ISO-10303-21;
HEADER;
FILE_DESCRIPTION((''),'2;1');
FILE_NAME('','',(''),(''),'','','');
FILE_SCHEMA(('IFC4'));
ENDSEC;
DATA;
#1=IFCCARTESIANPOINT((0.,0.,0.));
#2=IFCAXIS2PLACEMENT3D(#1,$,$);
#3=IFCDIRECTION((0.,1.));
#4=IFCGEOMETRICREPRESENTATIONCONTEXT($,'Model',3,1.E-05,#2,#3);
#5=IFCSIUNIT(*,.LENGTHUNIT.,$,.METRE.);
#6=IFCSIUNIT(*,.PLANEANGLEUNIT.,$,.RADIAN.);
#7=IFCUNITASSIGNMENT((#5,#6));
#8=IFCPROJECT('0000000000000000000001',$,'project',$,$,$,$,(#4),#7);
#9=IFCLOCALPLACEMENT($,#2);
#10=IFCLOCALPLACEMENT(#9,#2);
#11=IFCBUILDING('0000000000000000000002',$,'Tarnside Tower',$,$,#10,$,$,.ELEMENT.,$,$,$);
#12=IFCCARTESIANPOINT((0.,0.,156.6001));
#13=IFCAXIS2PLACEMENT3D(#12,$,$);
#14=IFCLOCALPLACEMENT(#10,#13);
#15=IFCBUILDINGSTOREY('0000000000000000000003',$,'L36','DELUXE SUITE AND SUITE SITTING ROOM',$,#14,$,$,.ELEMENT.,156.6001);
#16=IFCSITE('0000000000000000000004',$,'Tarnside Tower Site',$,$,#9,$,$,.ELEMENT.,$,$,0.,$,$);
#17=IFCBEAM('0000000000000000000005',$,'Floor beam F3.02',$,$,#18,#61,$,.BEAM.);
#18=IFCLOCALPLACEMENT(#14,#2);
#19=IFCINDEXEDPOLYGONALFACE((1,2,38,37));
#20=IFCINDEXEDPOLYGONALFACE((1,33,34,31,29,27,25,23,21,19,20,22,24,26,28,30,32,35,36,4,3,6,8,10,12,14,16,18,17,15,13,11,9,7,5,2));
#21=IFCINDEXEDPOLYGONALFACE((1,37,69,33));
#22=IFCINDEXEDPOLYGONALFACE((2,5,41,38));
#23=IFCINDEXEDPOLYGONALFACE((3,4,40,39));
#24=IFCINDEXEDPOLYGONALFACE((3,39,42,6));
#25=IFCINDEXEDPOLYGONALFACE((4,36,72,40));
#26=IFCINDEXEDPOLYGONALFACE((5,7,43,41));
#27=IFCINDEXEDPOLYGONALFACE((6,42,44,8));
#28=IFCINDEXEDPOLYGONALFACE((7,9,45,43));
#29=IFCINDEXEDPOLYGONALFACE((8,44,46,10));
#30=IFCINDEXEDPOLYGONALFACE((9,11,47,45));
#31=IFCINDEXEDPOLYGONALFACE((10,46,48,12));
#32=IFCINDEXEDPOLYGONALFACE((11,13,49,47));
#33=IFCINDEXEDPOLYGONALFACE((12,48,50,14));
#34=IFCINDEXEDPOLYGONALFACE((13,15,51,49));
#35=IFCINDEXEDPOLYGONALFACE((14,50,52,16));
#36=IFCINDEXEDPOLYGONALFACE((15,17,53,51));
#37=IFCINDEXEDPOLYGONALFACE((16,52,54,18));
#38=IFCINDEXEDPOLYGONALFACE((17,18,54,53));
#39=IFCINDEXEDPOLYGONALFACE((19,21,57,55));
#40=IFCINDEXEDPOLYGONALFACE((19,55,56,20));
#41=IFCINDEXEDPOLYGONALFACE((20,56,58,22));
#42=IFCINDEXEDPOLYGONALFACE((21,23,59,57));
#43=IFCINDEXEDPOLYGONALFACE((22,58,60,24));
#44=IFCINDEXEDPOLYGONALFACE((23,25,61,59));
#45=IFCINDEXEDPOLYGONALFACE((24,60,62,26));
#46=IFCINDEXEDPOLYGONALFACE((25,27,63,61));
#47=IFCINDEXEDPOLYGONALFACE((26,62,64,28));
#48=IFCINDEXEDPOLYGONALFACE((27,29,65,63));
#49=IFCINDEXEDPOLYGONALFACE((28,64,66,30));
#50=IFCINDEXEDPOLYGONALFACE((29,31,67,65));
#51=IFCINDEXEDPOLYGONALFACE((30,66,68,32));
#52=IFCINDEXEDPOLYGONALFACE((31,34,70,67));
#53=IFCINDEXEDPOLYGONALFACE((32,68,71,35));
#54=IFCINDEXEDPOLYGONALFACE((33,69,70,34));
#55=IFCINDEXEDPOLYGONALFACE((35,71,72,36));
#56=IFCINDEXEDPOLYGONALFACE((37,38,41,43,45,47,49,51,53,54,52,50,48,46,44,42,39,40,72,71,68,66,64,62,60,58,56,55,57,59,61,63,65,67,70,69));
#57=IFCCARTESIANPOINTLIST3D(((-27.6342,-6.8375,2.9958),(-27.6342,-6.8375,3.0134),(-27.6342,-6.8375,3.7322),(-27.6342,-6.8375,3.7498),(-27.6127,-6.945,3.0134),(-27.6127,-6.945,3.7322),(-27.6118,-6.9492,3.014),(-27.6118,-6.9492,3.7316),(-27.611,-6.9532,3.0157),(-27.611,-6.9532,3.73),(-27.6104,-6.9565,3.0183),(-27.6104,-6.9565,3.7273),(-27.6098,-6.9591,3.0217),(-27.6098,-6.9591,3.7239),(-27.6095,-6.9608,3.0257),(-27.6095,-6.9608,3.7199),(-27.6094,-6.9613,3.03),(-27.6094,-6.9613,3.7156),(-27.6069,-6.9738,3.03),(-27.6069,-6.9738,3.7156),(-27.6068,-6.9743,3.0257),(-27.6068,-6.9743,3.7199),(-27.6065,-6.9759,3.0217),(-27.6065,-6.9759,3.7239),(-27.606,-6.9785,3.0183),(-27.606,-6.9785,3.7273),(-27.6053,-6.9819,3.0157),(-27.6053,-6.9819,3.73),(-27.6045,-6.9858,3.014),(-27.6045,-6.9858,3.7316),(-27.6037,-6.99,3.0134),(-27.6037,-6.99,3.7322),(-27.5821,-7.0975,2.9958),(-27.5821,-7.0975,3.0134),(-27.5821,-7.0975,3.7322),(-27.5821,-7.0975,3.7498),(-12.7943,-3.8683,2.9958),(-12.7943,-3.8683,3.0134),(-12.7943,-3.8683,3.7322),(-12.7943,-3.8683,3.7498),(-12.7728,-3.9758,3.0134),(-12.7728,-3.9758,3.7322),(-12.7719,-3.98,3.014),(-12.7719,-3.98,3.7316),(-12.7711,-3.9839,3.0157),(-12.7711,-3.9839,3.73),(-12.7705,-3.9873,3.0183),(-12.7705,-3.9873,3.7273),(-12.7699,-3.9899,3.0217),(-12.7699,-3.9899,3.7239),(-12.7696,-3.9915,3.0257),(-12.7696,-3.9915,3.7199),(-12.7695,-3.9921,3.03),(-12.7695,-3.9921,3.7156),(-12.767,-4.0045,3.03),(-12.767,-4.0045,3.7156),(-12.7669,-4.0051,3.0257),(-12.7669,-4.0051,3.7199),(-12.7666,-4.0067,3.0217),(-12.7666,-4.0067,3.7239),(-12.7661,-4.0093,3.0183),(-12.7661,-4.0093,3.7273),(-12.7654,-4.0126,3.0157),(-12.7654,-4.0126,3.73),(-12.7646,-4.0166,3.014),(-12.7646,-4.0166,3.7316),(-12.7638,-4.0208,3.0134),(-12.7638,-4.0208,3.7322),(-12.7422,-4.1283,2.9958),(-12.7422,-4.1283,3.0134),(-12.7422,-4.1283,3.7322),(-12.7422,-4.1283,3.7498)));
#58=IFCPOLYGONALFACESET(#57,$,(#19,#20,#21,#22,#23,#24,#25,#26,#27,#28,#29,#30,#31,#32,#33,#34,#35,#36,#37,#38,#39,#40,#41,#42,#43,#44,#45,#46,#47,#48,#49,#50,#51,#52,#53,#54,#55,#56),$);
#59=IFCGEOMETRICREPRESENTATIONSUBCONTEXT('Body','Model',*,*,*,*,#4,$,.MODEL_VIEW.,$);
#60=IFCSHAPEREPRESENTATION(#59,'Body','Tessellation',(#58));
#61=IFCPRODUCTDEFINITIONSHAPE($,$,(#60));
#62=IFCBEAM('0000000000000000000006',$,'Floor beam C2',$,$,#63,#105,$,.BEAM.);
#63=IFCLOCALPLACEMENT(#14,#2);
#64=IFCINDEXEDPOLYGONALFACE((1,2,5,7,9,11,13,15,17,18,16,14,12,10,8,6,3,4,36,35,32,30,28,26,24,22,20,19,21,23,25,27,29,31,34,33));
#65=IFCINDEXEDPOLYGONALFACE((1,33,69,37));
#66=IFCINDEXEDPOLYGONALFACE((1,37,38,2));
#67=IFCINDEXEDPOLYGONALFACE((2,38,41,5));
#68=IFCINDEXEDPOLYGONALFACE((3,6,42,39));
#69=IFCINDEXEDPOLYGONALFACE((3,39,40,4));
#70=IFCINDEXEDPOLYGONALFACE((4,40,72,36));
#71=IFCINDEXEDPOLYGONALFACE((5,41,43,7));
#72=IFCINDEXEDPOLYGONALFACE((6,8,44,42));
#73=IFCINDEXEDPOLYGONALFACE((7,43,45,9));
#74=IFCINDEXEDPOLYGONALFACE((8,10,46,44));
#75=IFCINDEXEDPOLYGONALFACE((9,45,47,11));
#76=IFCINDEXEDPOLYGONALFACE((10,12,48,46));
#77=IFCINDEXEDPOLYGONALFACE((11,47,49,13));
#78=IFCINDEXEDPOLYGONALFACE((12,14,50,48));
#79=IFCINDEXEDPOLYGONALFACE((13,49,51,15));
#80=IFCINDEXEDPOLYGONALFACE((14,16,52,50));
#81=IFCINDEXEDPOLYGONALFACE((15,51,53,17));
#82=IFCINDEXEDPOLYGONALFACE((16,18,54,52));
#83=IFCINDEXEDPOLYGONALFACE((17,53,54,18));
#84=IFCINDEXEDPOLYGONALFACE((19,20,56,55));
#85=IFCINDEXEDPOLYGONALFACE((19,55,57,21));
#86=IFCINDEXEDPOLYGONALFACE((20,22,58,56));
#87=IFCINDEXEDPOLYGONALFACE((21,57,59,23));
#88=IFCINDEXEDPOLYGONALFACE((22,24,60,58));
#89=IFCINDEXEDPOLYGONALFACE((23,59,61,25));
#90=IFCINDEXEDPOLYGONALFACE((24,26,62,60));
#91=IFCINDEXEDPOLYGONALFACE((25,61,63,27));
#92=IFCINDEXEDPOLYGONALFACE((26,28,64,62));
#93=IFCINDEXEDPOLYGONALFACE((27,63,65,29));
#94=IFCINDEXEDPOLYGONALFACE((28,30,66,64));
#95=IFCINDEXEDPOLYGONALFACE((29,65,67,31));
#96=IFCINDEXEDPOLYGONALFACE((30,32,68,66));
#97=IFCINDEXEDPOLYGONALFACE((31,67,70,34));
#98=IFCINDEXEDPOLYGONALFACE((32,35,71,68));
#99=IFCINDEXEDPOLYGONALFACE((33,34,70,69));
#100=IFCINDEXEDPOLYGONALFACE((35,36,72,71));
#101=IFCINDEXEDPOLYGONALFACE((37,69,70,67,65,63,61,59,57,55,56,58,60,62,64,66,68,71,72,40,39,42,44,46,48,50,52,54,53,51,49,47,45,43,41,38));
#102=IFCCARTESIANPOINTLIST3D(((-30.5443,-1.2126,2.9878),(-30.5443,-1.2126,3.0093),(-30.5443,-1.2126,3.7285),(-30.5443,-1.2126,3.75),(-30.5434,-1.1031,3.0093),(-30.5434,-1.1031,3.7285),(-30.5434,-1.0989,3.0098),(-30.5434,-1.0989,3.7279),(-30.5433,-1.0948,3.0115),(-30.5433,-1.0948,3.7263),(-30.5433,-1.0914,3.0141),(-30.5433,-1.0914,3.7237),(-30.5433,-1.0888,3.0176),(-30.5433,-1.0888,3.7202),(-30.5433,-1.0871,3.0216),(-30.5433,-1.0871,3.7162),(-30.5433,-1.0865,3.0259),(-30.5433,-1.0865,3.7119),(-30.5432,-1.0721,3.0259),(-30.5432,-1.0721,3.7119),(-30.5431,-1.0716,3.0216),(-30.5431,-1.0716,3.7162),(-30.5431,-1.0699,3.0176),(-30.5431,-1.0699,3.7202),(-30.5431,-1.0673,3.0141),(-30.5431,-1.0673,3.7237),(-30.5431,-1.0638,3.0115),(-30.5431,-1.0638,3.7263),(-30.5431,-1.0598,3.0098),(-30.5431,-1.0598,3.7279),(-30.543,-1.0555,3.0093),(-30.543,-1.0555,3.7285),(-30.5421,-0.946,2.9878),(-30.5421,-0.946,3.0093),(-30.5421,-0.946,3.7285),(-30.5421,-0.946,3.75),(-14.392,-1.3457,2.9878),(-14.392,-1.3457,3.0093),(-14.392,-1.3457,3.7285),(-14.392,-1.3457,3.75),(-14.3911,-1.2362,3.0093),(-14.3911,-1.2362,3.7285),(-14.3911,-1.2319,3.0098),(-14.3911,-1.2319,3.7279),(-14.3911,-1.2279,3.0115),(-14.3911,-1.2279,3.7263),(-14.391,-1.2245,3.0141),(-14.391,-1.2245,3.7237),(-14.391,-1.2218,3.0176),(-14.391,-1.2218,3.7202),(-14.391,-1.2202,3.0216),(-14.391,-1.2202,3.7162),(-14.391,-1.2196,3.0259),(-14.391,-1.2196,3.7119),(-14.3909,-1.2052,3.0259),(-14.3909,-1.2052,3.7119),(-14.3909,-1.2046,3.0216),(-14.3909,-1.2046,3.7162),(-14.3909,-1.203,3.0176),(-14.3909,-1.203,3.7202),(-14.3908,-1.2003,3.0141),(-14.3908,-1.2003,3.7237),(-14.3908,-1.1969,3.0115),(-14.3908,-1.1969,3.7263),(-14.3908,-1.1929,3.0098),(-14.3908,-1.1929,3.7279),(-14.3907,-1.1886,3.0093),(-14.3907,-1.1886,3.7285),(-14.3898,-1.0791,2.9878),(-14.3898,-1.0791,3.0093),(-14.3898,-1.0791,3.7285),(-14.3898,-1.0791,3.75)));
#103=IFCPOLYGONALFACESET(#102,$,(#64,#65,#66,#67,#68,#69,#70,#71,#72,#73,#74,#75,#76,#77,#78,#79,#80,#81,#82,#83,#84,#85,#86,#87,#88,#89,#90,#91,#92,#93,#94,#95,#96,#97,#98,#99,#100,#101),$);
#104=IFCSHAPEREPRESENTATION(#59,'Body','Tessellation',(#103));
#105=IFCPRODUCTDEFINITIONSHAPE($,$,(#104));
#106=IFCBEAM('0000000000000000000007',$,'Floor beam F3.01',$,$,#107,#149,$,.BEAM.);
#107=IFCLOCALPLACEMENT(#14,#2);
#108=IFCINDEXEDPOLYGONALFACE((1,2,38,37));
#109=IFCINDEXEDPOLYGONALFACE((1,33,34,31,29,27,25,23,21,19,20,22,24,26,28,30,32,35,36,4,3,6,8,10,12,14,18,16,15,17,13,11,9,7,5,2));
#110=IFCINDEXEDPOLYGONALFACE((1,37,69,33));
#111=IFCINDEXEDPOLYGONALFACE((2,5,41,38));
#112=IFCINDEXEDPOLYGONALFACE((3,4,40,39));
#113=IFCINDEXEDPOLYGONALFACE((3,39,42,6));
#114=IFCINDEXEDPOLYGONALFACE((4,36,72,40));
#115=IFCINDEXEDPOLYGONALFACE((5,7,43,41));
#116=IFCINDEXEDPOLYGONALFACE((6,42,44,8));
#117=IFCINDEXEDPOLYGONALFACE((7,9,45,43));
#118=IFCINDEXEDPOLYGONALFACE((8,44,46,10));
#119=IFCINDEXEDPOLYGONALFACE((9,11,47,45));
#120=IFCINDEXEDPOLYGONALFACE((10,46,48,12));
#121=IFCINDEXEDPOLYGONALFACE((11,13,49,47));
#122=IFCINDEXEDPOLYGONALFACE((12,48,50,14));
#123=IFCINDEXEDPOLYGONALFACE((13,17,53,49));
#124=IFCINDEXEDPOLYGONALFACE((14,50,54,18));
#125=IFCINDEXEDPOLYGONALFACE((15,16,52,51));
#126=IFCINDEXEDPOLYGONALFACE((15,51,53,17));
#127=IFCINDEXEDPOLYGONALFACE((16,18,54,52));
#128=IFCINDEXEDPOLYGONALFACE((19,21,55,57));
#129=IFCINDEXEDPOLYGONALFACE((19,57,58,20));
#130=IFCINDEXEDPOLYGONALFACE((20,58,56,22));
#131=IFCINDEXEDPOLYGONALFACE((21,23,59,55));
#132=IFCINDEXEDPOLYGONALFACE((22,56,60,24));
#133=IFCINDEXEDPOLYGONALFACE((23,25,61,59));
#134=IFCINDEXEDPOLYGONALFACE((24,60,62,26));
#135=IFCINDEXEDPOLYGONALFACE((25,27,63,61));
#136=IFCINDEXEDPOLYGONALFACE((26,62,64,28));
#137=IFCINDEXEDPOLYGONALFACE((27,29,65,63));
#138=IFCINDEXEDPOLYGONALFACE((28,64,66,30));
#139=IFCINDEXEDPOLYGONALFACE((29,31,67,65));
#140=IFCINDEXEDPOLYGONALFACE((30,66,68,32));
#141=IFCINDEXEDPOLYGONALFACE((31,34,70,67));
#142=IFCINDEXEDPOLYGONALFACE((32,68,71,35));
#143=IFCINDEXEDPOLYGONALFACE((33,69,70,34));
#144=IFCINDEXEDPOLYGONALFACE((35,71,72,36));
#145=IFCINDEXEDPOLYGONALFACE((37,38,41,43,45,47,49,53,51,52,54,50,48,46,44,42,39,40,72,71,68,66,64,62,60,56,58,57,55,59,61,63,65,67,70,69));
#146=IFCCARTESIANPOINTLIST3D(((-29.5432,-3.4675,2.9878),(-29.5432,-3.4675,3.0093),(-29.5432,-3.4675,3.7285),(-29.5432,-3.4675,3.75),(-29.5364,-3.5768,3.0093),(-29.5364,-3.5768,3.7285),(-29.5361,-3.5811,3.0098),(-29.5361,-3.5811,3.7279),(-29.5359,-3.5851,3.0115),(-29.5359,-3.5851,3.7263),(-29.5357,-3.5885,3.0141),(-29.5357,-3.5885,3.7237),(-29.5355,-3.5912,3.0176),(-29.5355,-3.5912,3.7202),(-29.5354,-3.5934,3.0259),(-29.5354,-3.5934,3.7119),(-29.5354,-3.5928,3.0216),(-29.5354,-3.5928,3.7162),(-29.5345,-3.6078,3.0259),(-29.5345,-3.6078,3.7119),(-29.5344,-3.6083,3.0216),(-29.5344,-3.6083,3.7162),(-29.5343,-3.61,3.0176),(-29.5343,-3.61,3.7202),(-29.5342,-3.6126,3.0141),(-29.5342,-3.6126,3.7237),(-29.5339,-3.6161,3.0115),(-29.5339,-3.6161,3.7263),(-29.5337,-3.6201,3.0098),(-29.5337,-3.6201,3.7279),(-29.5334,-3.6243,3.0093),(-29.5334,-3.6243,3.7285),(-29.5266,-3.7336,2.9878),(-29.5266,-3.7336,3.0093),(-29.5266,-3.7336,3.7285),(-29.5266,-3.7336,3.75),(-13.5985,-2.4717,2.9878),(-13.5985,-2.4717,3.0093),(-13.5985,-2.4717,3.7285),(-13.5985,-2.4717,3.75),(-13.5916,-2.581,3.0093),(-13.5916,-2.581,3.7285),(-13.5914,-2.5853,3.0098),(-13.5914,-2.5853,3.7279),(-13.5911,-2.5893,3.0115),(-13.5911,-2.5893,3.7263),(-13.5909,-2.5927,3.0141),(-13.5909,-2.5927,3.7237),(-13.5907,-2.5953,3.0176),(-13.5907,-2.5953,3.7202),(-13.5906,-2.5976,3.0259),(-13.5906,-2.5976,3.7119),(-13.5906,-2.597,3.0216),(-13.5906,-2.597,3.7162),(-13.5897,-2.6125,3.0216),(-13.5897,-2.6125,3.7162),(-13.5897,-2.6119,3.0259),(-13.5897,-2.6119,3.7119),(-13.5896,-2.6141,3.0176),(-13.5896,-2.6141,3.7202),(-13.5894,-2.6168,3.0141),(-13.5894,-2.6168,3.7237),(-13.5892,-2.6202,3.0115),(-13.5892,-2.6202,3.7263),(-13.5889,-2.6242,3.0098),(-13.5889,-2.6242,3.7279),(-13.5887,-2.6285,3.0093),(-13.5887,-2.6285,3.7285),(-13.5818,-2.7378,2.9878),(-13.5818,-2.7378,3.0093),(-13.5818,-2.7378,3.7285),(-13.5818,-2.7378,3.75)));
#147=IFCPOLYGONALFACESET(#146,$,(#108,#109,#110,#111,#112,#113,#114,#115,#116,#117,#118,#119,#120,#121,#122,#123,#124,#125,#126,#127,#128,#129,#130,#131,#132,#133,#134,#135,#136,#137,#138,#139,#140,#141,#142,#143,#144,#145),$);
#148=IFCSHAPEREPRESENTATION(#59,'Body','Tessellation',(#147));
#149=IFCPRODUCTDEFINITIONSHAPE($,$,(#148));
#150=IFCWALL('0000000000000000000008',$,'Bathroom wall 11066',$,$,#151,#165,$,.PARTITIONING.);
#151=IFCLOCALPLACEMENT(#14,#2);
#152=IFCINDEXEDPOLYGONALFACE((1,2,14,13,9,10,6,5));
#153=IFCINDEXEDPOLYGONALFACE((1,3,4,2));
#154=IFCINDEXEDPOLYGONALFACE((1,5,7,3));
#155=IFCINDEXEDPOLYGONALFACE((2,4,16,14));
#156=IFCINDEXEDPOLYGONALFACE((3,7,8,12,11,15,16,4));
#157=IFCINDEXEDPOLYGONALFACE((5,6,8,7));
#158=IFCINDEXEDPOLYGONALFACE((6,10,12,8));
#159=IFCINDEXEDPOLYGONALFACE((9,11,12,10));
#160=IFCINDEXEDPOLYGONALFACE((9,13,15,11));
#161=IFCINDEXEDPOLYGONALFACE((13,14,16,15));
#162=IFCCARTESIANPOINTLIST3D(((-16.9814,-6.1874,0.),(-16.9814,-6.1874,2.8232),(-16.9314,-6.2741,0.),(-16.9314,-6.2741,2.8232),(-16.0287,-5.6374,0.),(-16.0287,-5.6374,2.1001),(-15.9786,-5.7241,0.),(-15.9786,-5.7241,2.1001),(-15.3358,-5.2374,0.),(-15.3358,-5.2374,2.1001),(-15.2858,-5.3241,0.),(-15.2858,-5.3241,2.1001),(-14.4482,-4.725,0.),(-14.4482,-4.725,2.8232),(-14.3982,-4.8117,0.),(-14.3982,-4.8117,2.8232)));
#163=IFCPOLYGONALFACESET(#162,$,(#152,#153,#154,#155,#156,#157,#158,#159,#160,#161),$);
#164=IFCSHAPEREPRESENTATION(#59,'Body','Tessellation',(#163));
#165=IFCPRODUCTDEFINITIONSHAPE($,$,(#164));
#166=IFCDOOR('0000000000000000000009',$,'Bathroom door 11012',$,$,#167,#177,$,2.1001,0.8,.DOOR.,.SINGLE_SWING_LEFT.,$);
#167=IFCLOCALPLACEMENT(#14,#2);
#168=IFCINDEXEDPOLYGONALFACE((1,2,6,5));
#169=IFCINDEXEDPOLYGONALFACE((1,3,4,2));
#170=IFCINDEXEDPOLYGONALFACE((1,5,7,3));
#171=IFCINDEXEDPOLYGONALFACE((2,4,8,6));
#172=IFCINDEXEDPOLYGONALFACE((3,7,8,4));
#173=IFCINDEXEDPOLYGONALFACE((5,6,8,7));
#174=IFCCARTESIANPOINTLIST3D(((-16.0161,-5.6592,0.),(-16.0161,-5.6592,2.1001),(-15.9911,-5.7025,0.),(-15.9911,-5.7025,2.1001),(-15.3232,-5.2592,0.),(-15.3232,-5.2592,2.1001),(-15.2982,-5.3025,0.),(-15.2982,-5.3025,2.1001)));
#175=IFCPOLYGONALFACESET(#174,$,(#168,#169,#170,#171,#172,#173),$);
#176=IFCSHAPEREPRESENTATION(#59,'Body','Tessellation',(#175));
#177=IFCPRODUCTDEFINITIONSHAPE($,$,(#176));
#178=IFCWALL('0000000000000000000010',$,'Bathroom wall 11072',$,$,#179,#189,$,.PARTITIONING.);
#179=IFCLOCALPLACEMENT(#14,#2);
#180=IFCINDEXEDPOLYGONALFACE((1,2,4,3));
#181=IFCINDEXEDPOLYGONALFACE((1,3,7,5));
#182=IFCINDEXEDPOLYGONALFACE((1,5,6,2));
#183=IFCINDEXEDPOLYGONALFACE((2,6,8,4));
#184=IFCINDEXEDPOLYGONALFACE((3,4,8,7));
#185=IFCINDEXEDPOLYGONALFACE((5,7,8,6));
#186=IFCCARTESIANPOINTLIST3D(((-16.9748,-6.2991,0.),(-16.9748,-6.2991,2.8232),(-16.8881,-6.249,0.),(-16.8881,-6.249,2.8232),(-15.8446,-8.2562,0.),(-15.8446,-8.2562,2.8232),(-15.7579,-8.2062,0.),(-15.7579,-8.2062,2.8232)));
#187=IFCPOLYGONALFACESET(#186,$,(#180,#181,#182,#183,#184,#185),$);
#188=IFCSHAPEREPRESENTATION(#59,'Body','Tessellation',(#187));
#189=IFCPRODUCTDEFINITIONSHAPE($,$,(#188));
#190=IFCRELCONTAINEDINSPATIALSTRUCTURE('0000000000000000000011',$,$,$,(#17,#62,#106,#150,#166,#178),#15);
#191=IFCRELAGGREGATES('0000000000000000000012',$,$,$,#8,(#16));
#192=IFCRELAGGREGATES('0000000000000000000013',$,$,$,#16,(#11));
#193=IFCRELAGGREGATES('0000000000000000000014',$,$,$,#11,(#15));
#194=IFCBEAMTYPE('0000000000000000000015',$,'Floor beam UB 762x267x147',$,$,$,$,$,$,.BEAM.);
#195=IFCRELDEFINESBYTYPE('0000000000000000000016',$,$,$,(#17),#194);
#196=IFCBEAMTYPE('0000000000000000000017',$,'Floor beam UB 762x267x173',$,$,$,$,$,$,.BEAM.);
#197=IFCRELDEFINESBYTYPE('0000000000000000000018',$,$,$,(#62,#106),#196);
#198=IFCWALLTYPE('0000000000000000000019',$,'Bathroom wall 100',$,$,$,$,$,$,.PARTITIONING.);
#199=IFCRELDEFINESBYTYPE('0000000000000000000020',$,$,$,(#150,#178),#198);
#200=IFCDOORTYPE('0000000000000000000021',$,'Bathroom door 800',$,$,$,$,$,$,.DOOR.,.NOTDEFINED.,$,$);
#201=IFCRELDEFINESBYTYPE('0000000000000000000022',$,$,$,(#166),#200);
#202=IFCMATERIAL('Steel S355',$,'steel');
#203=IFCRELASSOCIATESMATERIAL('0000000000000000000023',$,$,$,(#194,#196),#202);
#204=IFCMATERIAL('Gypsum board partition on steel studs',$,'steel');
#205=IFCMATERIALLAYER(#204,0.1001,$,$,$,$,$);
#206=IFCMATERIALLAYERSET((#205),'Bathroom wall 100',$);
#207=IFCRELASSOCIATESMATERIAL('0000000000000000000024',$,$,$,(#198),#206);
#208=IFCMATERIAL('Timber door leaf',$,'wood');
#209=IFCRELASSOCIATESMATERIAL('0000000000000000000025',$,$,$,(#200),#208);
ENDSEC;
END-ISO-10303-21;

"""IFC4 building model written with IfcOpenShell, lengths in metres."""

from ifc_helpers import new_model, si_unit, direction, frame, frame_2d, origin, origin_2d, place, context, subcontext, project, spatial, rectangle, i_section, extrude, material, layer, layer_set, material_profile, profile_set, type_object, element, fill, save


model = new_model("IFC4")

# Units and contexts
model_context = context("Model", 3, precision=1e-05, world=origin(), true_north=direction((0.0, 1.0)))
body_context = subcontext(model_context, "Body", "Model", "MODEL_VIEW")
ifc_project = project(units=[si_unit("LENGTHUNIT", "METRE"), si_unit("PLANEANGLEUNIT", "RADIAN")], contexts=[model_context])

# Site, building, storey
site_placement = place(None, origin())
site = spatial("IfcSite", under=ifc_project, at=site_placement, Name="Tarnside Tower Site", CompositionType="ELEMENT", RefElevation=0.0)
building_placement = place(site_placement, origin())
building = spatial("IfcBuilding", under=site, at=building_placement, Name="Tarnside Tower", CompositionType="ELEMENT")
storey_placement = place(building_placement, frame((0.0, 0.0, 156.6001)))
storey = spatial("IfcBuildingStorey", under=building, at=storey_placement, Name="L36", Description="DELUXE SUITE AND SUITE SITTING ROOM", CompositionType="ELEMENT", Elevation=156.6001)

# Beams
ifc_material_1 = material(Name="Steel S355", Category="steel")
ifc_material_profile_1 = material_profile(ifc_material_1, i_section(OverallWidth=0.2651, OverallDepth=0.7539, WebThickness=0.0127, FlangeThickness=0.0176, FilletRadius=0.0166, at=origin_2d()), Name="UB 762x267x147")
ifc_profile_set_1 = profile_set([ifc_material_profile_1], Name="Steel S355")
beam_type_1 = type_object("IfcBeamType", Name="Floor beam UB 762x267x147", PredefinedType="BEAM", material=ifc_profile_set_1)
beam_1_placement = place(storey_placement, frame((-27.6082, -6.9675, 3.3728), z_axis=(0.980565, 0.196197, 0.0), x_axis=(-0.196197, 0.980565, 0.0)))
element("IfcBeam", 1, at=beam_1_placement, inside=storey, type_object=beam_type_1, Name="Floor beam F3.02", PredefinedType="BEAM", context=body_context, shape_type="SweptSolid", body=[
    extrude(i_section(OverallWidth=0.2651, OverallDepth=0.7539, WebThickness=0.0127, FlangeThickness=0.0176, FilletRadius=0.0166, at=origin_2d()), origin(), (0.0, 0.0, 1.0), 15.134),
])
ifc_material_profile_2 = material_profile(ifc_material_1, i_section(OverallWidth=0.2666, OverallDepth=0.7622, WebThickness=0.0144, FlangeThickness=0.0215, FilletRadius=0.0166, at=origin_2d()), Name="UB 762x267x173")
ifc_profile_set_2 = profile_set([ifc_material_profile_2], Name="Steel S355")
beam_type_2 = type_object("IfcBeamType", Name="Floor beam UB 762x267x173", PredefinedType="BEAM", material=ifc_profile_set_2)
beam_2_placement = place(storey_placement, frame((-30.5432, -1.0793, 3.3689), z_axis=(0.999966, -0.008237, 0.0), x_axis=(0.008237, 0.999966, 0.0)))
element("IfcBeam", 2, at=beam_2_placement, inside=storey, type_object=beam_type_2, Name="Floor beam C2", PredefinedType="BEAM", context=body_context, shape_type="SweptSolid", body=[
    extrude(i_section(OverallWidth=0.2666, OverallDepth=0.7622, WebThickness=0.0144, FlangeThickness=0.0215, FilletRadius=0.0166, at=origin_2d()), origin(), (0.0, 0.0, 1.0), 16.1528),
])
beam_3_placement = place(storey_placement, frame((-29.5349, -3.6006, 3.3689), z_axis=(0.998055, 0.062335, 0.0), x_axis=(-0.062335, 0.998055, 0.0)))
element("IfcBeam", 3, at=beam_3_placement, inside=storey, type_object=beam_type_2, Name="Floor beam F3.01", PredefinedType="BEAM", context=body_context, shape_type="SweptSolid", body=[
    extrude(i_section(OverallWidth=0.2666, OverallDepth=0.7622, WebThickness=0.0144, FlangeThickness=0.0215, FilletRadius=0.0166, at=origin_2d()), origin(), (0.0, 0.0, 1.0), 15.9758),
])

# Wall, opening, door
ifc_material_2 = material(Name="Gypsum board partition on steel studs", Category="steel")
ifc_layer_1 = layer(ifc_material_2, 0.1001)
ifc_layer_set_1 = layer_set([ifc_layer_1], Name="Bathroom wall 100")
wall_type_1 = type_object("IfcWallType", Name="Bathroom wall 100", PredefinedType="PARTITIONING", material=ifc_layer_set_1)
wall_1_placement = place(storey_placement, frame((-16.9563, -6.2307, 0.0), z_axis=(0.0, 0.0, 1.0), x_axis=(0.866047, 0.499963, 0.0)))
wall_1 = element("IfcWall", 4, at=wall_1_placement, inside=storey, type_object=wall_type_1, Name="Bathroom wall 11066", PredefinedType="PARTITIONING", context=body_context, shape_type="SweptSolid", body=[
    extrude(rectangle(XDim=2.925, YDim=0.1001, at=frame_2d((1.4624, 0.0))), origin(), (0.0, 0.0, 1.0), 2.8232),
])
opening_1_placement = place(wall_1_placement, frame((1.1001, 0.0, 0.0)))
opening_1 = element("IfcOpeningElement", 5, at=opening_1_placement, cuts=wall_1, PredefinedType="OPENING", context=body_context, shape_type="SweptSolid", body=[
    extrude(rectangle(XDim=0.8, YDim=2.1001, at=frame_2d((0.3999, 1.05))), frame((0.0, 0.0601, 0.0), z_axis=(0.0, -1.0, 0.0), x_axis=(1.0, 0.0, 0.0)), (0.0, 0.0, 1.0), 0.1201),
])
ifc_material_3 = material(Name="Timber door leaf", Category="wood")
door_type_1 = type_object("IfcDoorType", Name="Bathroom door 800", OperationType="NOTDEFINED", PredefinedType="DOOR", material=ifc_material_3)
door_1_placement = place(opening_1_placement, origin())
door_1 = element("IfcDoor", 6, at=door_1_placement, inside=storey, type_object=door_type_1, Name="Bathroom door 11012", OperationType="SINGLE_SWING_LEFT", OverallHeight=2.1001, OverallWidth=0.8, PredefinedType="DOOR", context=body_context, shape_type="SweptSolid", body=[
    extrude(rectangle(XDim=0.8, YDim=2.1001, at=frame_2d((0.3999, 1.05))), frame((0.0, 0.0249, 0.0), z_axis=(0.0, -1.0, 0.0), x_axis=(1.0, 0.0, 0.0)), (0.0, 0.0, 1.0), 0.05),
])
fill(opening_1, door_1)

# Wall
wall_2_placement = place(storey_placement, frame((-16.9314, -6.2742, 0.0), z_axis=(0.0, 0.0, 1.0), x_axis=(0.500078, -0.86598, 0.0)))
element("IfcWall", 7, at=wall_2_placement, inside=storey, type_object=wall_type_1, Name="Bathroom wall 11072", PredefinedType="PARTITIONING", context=body_context, shape_type="SweptSolid", body=[
    extrude(rectangle(XDim=2.26, YDim=0.1001, at=frame_2d((1.1299, 0.0))), origin(), (0.0, 0.0, 1.0), 2.8232),
])

save(model, "model.ifc")
